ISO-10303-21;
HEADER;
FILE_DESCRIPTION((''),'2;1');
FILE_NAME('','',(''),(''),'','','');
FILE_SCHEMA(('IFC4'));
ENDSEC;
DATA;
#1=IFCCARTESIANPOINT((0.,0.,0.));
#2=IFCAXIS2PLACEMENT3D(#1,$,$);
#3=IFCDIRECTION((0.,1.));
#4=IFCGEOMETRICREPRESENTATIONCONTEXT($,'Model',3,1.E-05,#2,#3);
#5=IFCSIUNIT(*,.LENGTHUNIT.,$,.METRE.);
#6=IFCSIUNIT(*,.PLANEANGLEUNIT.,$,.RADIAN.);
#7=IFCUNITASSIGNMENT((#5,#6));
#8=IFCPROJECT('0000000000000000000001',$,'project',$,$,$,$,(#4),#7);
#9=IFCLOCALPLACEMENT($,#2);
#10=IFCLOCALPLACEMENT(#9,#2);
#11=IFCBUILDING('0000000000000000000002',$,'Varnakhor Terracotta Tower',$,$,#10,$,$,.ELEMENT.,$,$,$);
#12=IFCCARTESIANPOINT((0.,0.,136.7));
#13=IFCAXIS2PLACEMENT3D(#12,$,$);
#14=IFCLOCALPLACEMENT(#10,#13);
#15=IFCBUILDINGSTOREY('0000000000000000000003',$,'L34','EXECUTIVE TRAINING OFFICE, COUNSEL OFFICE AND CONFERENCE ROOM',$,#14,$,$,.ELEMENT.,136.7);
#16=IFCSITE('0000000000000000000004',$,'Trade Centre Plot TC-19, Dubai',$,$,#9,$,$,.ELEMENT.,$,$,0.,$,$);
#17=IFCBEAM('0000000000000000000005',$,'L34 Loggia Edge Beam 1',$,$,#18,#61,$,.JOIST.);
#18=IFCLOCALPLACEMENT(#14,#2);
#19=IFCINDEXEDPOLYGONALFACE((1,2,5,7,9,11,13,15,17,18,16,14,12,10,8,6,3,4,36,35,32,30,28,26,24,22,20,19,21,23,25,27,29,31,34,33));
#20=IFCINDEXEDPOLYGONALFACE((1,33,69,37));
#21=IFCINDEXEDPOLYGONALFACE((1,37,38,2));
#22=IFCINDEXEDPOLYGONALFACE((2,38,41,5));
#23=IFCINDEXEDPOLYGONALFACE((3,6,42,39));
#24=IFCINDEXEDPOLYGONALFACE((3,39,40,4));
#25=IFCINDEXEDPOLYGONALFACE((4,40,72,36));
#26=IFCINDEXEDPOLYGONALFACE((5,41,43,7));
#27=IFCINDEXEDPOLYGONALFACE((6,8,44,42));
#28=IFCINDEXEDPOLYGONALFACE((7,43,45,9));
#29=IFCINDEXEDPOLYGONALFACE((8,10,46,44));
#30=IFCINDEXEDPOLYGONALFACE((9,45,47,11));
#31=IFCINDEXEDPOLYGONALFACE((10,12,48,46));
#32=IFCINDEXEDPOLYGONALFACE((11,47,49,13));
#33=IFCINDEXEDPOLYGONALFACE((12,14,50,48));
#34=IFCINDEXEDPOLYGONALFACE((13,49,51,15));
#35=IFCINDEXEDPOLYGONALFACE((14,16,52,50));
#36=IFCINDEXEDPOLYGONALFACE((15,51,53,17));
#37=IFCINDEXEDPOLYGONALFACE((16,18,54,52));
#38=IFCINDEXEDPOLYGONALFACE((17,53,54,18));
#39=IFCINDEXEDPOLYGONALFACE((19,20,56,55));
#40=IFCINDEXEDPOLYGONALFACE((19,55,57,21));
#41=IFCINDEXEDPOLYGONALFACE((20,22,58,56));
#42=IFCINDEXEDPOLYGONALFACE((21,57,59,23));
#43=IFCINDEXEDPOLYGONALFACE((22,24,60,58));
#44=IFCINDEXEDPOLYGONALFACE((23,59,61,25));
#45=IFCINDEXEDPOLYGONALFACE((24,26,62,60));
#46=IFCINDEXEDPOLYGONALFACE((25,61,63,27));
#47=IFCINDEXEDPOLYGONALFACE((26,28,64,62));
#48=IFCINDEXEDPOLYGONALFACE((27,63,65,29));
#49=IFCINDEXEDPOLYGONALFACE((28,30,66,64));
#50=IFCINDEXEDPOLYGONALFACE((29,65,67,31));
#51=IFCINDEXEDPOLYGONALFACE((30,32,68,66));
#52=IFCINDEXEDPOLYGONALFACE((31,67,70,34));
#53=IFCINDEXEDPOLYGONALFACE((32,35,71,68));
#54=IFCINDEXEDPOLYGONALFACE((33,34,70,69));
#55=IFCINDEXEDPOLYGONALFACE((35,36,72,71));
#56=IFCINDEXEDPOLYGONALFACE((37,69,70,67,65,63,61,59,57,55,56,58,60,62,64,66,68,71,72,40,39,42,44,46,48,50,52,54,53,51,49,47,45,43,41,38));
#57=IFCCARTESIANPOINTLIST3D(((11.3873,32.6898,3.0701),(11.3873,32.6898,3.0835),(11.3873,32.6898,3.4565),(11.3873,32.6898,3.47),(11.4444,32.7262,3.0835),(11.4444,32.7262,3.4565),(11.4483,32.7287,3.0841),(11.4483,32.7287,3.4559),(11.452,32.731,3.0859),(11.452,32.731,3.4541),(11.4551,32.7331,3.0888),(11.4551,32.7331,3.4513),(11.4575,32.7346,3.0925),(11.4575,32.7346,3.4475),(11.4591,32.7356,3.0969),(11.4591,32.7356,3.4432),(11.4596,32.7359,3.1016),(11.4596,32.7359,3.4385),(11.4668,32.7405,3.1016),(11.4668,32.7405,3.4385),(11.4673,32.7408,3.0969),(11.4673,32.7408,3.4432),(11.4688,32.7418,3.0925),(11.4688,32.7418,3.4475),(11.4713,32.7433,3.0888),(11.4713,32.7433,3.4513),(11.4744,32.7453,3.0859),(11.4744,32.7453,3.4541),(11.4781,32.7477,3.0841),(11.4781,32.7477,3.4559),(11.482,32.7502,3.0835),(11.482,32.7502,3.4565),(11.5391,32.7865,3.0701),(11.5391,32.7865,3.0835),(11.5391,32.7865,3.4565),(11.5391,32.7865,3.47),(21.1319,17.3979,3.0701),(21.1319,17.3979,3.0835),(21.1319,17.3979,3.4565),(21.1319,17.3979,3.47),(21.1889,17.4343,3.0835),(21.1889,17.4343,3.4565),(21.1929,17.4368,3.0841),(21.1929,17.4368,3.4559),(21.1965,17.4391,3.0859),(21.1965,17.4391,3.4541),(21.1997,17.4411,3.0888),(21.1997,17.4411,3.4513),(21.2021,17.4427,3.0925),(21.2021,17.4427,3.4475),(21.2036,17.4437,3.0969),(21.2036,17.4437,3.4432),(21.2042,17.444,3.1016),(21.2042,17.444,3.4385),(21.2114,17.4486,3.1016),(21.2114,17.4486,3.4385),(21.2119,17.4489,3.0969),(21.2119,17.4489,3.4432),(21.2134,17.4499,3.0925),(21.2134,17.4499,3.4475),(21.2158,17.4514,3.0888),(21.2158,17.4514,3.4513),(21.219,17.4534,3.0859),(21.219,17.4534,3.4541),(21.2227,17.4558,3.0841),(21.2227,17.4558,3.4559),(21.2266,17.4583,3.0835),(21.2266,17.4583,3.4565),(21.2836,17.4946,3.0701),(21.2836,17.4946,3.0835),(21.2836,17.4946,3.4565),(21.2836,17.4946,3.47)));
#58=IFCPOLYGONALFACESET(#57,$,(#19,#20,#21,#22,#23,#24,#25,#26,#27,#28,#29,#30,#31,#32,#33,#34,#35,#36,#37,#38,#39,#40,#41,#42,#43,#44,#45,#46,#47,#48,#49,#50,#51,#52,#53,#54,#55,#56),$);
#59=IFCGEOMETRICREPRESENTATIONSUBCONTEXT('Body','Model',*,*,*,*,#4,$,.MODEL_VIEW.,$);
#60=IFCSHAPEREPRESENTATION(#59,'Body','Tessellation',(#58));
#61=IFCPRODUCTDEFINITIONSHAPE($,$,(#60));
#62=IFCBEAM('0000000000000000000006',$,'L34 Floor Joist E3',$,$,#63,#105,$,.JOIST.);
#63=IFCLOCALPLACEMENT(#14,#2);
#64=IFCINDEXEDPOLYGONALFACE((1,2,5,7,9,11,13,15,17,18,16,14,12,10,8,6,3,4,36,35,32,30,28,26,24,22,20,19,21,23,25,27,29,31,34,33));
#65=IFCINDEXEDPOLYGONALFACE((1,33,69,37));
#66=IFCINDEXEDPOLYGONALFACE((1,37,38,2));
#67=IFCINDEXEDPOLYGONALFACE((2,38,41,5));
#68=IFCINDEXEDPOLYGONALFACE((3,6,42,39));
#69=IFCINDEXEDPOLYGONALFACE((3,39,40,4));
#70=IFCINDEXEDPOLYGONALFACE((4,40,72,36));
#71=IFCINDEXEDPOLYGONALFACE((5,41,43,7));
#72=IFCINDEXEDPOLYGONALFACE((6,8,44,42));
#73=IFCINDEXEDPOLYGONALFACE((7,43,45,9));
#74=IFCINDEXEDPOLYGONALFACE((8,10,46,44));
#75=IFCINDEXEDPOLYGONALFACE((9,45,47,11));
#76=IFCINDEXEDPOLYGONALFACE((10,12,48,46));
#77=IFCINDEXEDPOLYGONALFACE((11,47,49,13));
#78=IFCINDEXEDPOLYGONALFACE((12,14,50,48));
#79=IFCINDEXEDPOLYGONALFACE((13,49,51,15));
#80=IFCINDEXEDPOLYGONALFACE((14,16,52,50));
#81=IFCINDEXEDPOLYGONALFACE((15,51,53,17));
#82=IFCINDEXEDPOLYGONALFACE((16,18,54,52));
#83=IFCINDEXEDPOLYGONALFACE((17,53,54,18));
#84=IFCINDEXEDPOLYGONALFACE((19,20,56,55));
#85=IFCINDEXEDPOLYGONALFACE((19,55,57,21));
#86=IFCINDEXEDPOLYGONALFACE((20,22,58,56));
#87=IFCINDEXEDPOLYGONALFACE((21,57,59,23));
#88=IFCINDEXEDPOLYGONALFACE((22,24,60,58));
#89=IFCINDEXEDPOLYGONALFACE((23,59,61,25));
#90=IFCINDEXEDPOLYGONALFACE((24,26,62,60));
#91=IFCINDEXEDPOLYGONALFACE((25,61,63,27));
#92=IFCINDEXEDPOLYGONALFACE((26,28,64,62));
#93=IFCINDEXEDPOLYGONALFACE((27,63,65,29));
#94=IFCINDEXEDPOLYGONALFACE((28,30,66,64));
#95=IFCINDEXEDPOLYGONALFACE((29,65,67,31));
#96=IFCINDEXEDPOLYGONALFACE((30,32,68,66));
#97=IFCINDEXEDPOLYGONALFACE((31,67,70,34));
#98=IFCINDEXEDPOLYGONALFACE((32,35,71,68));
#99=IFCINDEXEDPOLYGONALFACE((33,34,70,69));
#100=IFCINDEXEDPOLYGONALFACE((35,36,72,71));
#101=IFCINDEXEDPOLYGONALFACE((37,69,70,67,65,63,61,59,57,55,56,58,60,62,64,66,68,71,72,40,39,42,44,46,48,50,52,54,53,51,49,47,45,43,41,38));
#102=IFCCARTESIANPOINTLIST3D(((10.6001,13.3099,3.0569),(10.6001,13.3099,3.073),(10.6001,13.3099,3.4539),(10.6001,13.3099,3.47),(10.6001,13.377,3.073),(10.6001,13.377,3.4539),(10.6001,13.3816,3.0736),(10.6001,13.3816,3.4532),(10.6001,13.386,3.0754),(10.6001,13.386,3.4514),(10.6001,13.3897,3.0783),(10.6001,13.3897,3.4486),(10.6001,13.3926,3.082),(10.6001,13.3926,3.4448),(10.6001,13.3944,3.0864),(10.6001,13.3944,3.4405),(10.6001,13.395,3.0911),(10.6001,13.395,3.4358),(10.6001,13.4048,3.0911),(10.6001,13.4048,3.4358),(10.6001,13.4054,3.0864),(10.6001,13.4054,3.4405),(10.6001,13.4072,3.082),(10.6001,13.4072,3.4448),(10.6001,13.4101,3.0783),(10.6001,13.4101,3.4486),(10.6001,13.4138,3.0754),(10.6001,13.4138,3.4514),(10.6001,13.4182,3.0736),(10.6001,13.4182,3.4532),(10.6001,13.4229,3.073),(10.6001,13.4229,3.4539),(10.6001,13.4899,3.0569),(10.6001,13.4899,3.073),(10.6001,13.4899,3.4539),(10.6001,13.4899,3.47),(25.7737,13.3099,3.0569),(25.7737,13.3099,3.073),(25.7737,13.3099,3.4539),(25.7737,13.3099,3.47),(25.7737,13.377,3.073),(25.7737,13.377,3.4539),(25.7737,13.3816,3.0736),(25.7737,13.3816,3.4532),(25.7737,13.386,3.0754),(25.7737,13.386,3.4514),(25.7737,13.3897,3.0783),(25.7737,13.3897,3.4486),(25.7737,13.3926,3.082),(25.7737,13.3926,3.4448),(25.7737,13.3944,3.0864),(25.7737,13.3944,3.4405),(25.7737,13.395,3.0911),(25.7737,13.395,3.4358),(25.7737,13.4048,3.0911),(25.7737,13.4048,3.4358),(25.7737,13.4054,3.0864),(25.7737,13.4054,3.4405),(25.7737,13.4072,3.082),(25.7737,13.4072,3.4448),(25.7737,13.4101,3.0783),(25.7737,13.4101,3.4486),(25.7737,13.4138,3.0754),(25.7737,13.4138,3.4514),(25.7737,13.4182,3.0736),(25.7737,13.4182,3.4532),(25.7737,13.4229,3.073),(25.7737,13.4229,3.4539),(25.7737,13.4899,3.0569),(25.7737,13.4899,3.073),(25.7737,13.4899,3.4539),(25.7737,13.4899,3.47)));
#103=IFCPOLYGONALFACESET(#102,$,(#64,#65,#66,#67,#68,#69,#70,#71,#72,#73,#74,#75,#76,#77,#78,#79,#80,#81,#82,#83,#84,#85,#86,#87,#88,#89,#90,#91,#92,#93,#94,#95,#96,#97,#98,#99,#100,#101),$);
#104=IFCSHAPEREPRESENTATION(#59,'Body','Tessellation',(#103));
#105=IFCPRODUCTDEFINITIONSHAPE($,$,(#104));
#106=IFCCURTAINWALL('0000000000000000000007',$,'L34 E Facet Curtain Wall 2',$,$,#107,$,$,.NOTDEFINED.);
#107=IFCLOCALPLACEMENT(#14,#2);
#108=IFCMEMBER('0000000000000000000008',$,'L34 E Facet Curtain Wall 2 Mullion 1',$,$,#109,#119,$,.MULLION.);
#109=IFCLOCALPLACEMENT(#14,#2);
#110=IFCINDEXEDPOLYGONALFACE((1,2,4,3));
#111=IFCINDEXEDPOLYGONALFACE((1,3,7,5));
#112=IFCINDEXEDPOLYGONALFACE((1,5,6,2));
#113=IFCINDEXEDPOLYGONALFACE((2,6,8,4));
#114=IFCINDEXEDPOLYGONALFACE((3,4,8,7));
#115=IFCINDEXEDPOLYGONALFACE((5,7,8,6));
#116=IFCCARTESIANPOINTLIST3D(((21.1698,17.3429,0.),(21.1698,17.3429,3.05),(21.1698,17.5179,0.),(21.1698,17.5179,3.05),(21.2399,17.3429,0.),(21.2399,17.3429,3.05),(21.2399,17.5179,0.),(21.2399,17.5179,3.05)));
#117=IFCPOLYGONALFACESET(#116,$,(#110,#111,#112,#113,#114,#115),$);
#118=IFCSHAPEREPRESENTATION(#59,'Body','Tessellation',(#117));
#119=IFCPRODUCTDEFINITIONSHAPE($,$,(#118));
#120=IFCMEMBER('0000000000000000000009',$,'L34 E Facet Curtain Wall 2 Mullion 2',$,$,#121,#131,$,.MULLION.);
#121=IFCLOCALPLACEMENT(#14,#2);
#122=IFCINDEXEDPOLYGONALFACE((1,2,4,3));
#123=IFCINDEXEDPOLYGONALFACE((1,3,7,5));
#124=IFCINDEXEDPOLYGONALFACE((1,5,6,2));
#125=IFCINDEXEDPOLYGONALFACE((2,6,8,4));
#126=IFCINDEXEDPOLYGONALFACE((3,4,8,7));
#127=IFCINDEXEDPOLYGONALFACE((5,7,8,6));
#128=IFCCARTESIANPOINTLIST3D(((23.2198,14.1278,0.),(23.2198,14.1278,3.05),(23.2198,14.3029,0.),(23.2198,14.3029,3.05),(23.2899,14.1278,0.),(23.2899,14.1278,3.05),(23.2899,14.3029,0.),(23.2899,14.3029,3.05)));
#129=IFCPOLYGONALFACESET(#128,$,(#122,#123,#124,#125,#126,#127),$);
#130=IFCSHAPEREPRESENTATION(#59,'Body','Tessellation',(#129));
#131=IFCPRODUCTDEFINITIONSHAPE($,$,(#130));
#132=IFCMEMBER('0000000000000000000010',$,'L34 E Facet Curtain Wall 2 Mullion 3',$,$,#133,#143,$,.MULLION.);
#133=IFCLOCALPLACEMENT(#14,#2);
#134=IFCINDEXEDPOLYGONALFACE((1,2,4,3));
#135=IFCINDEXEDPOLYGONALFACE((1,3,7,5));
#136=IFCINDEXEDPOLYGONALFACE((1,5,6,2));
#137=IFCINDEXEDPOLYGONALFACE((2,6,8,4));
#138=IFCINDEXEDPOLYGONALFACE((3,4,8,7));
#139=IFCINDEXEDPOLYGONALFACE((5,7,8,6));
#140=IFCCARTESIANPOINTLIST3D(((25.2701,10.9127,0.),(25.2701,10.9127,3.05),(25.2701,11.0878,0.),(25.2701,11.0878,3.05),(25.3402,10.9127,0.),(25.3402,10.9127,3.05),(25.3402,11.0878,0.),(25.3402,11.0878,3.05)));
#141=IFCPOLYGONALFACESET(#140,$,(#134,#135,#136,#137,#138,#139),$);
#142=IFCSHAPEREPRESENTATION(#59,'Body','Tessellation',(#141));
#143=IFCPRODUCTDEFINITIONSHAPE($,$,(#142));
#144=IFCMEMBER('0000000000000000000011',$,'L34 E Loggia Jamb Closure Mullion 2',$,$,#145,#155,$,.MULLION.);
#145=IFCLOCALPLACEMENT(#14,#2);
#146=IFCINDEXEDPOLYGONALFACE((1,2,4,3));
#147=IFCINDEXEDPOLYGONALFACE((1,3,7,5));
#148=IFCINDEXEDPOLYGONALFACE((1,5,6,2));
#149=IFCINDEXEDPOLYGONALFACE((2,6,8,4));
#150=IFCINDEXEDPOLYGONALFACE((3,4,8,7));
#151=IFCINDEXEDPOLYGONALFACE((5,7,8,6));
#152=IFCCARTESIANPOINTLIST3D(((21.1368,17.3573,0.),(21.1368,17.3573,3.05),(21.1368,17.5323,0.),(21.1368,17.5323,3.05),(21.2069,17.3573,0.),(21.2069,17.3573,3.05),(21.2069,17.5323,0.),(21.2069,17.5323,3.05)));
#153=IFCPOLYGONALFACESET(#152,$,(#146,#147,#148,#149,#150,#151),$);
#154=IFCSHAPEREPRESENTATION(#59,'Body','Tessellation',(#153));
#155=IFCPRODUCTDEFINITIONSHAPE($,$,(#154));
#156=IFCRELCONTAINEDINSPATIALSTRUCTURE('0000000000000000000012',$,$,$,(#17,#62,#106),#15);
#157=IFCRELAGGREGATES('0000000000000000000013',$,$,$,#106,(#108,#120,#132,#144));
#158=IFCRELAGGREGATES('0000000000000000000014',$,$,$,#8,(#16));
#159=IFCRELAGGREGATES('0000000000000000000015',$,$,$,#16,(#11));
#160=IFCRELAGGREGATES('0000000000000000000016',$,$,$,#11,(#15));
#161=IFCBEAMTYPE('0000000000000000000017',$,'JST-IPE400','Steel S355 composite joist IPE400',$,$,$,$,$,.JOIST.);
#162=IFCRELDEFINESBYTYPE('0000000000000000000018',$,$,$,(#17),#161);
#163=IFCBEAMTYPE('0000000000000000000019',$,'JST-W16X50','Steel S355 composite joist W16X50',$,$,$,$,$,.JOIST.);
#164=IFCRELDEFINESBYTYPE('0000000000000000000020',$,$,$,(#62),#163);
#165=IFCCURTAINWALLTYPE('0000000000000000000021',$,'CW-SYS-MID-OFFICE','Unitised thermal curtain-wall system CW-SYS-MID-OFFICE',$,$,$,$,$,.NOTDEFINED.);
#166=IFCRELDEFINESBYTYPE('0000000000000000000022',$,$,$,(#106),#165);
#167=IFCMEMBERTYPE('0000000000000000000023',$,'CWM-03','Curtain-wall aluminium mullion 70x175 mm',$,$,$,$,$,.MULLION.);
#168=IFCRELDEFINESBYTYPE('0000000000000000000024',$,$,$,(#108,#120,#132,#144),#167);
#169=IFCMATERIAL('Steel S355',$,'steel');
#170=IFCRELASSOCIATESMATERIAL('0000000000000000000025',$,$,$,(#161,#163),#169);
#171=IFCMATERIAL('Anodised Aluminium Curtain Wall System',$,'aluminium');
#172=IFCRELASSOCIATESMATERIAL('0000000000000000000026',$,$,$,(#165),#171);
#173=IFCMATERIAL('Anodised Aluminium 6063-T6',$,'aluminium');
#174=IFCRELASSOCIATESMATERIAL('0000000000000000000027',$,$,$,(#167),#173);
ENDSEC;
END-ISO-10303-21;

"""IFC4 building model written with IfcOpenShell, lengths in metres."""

from ifc_helpers import new_model, si_unit, direction, frame, origin, origin_2d, place, context, subcontext, project, spatial, rectangle, i_section, extrude, source, transform, mapped, material, material_profile, profile_set, type_object, element, aggregate, save


model = new_model("IFC4")

# Units and contexts
model_context = context("Model", 3, precision=1e-05, world=origin(), true_north=direction((0.0, 1.0)))
body_context = subcontext(model_context, "Body", "Model", "MODEL_VIEW")
ifc_project = project(units=[si_unit("LENGTHUNIT", "METRE"), si_unit("PLANEANGLEUNIT", "RADIAN")], contexts=[model_context])

# Site, building, storey
site_placement = place(None, origin())
site = spatial("IfcSite", under=ifc_project, at=site_placement, Name="Trade Centre Plot TC-19, Dubai", CompositionType="ELEMENT", RefElevation=0.0)
building_placement = place(site_placement, origin())
building = spatial("IfcBuilding", under=site, at=building_placement, Name="Varnakhor Terracotta Tower", CompositionType="ELEMENT")
storey_placement = place(building_placement, frame((0.0, 0.0, 136.7)))
storey = spatial("IfcBuildingStorey", under=building, at=storey_placement, Name="L34", Description="EXECUTIVE TRAINING OFFICE, COUNSEL OFFICE AND CONFERENCE ROOM", CompositionType="ELEMENT", Elevation=136.7)

# Beams
ifc_material_1 = material(Name="Steel S355", Category="steel")
ifc_material_profile_1 = material_profile(ifc_material_1, i_section(OverallWidth=0.1799, OverallDepth=0.3999, WebThickness=0.0085, FlangeThickness=0.0134, FilletRadius=0.0181, at=origin_2d()), Name="IPE400")
ifc_profile_set_1 = profile_set([ifc_material_profile_1], Name="Steel S355")
beam_type_1 = type_object("IfcBeamType", Name="JST-IPE400", Description="Steel S355 composite joist IPE400", PredefinedType="JOIST", material=ifc_profile_set_1)
shared_shape_1 = source(origin(), body_context, "Body", "SweptSolid", [
    extrude(i_section(OverallWidth=0.1799, OverallDepth=0.3999, WebThickness=0.0085, FlangeThickness=0.0134, FilletRadius=0.0181, at=origin_2d()), origin(), (0.0, 0.0, 1.0), 18.1328),
])
beam_1_placement = place(storey_placement, frame((21.2078, 17.4463, 3.27), z_axis=(-0.5374, 0.843328, 0.0), x_axis=(-0.843328, -0.5374, 0.0)))
element("IfcBeam", 1, at=beam_1_placement, inside=storey, type_object=beam_type_1, Name="L34 Loggia Edge Beam 1", PredefinedType="JOIST", context=body_context, shape_type="MappedRepresentation", body=[
    mapped(shared_shape_1, transform((0.0, 0.0, 0.0), scale=1.0)),
])
ifc_material_profile_2 = material_profile(ifc_material_1, i_section(OverallWidth=0.1799, OverallDepth=0.4131, WebThickness=0.0098, FlangeThickness=0.0161, FilletRadius=0.0181, at=origin_2d()), Name="W16X50")
ifc_profile_set_2 = profile_set([ifc_material_profile_2], Name="Steel S355")
beam_type_2 = type_object("IfcBeamType", Name="JST-W16X50", Description="Steel S355 composite joist W16X50", PredefinedType="JOIST", material=ifc_profile_set_2)
shared_shape_2 = source(origin(), body_context, "Body", "SweptSolid", [
    extrude(i_section(OverallWidth=0.1799, OverallDepth=0.4131, WebThickness=0.0098, FlangeThickness=0.0161, FilletRadius=0.0181, at=origin_2d()), origin(), (0.0, 0.0, 1.0), 15.1736),
])
beam_2_placement = place(storey_placement, frame((10.6001, 13.3999, 3.2634), z_axis=(1.0, 0.0, 0.0), x_axis=(0.0, 1.0, 0.0)))
element("IfcBeam", 2, at=beam_2_placement, inside=storey, type_object=beam_type_2, Name="L34 Floor Joist E3", PredefinedType="JOIST", context=body_context, shape_type="MappedRepresentation", body=[
    mapped(shared_shape_2, transform((0.0, 0.0, 0.0), scale=1.0)),
])

# Curtain wall, members
ifc_material_2 = material(Name="Anodised Aluminium Curtain Wall System", Category="aluminium")
curtain_wall_type = type_object("IfcCurtainWallType", Name="CW-SYS-MID-OFFICE", Description="Unitised thermal curtain-wall system CW-SYS-MID-OFFICE", PredefinedType="NOTDEFINED", material=ifc_material_2)
curtain_wall_placement = place(storey_placement, origin())
curtain_wall = element("IfcCurtainWall", 3, at=curtain_wall_placement, inside=storey, type_object=curtain_wall_type, Name="L34 E Facet Curtain Wall 2", PredefinedType="NOTDEFINED")
ifc_material_3 = material(Name="Anodised Aluminium 6063-T6", Category="aluminium")
ifc_material_profile_3 = material_profile(ifc_material_3, rectangle(XDim=0.0701, YDim=0.175, at=origin_2d()), Name="ALU MULLION 70x175")
ifc_profile_set_3 = profile_set([ifc_material_profile_3], Name="Anodised Aluminium 6063-T6")
member_type_1 = type_object("IfcMemberType", Name="CWM-03", Description="Curtain-wall aluminium mullion 70x175 mm", PredefinedType="MULLION", material=ifc_profile_set_3)
shared_shape_3 = source(origin(), body_context, "Body", "SweptSolid", [
    extrude(rectangle(XDim=0.0701, YDim=0.175, at=origin_2d()), origin(), (0.0, 0.0, 1.0), 3.05),
])
member_1_placement = place(storey_placement, frame((21.2048, 17.4304, 0.0), z_axis=(0.0, 0.0, 1.0), x_axis=(1.0, 0.0, 0.0)))
member_1 = element("IfcMember", 4, at=member_1_placement, type_object=member_type_1, Name="L34 E Facet Curtain Wall 2 Mullion 1", PredefinedType="MULLION", context=body_context, shape_type="MappedRepresentation", body=[
    mapped(shared_shape_3, transform((0.0, 0.0, 0.0), scale=1.0)),
])
member_2_placement = place(storey_placement, frame((23.2549, 14.2153, 0.0), z_axis=(0.0, 0.0, 1.0), x_axis=(1.0, 0.0, 0.0)))
member_2 = element("IfcMember", 5, at=member_2_placement, type_object=member_type_1, Name="L34 E Facet Curtain Wall 2 Mullion 2", PredefinedType="MULLION", context=body_context, shape_type="MappedRepresentation", body=[
    mapped(shared_shape_3, transform((0.0, 0.0, 0.0), scale=1.0)),
])
member_3_placement = place(storey_placement, frame((25.3052, 11.0002, 0.0), z_axis=(0.0, 0.0, 1.0), x_axis=(1.0, 0.0, 0.0)))
member_3 = element("IfcMember", 6, at=member_3_placement, type_object=member_type_1, Name="L34 E Facet Curtain Wall 2 Mullion 3", PredefinedType="MULLION", context=body_context, shape_type="MappedRepresentation", body=[
    mapped(shared_shape_3, transform((0.0, 0.0, 0.0), scale=1.0)),
])
member_4_placement = place(storey_placement, frame((21.1719, 17.4448, 0.0), z_axis=(0.0, 0.0, 1.0), x_axis=(1.0, 0.0, 0.0)))
member_4 = element("IfcMember", 7, at=member_4_placement, type_object=member_type_1, Name="L34 E Loggia Jamb Closure Mullion 2", PredefinedType="MULLION", context=body_context, shape_type="MappedRepresentation", body=[
    mapped(shared_shape_3, transform((0.0, 0.0, 0.0), scale=1.0)),
])

aggregate(curtain_wall, [member_1, member_2, member_3, member_4])

save(model, "model.ifc")
